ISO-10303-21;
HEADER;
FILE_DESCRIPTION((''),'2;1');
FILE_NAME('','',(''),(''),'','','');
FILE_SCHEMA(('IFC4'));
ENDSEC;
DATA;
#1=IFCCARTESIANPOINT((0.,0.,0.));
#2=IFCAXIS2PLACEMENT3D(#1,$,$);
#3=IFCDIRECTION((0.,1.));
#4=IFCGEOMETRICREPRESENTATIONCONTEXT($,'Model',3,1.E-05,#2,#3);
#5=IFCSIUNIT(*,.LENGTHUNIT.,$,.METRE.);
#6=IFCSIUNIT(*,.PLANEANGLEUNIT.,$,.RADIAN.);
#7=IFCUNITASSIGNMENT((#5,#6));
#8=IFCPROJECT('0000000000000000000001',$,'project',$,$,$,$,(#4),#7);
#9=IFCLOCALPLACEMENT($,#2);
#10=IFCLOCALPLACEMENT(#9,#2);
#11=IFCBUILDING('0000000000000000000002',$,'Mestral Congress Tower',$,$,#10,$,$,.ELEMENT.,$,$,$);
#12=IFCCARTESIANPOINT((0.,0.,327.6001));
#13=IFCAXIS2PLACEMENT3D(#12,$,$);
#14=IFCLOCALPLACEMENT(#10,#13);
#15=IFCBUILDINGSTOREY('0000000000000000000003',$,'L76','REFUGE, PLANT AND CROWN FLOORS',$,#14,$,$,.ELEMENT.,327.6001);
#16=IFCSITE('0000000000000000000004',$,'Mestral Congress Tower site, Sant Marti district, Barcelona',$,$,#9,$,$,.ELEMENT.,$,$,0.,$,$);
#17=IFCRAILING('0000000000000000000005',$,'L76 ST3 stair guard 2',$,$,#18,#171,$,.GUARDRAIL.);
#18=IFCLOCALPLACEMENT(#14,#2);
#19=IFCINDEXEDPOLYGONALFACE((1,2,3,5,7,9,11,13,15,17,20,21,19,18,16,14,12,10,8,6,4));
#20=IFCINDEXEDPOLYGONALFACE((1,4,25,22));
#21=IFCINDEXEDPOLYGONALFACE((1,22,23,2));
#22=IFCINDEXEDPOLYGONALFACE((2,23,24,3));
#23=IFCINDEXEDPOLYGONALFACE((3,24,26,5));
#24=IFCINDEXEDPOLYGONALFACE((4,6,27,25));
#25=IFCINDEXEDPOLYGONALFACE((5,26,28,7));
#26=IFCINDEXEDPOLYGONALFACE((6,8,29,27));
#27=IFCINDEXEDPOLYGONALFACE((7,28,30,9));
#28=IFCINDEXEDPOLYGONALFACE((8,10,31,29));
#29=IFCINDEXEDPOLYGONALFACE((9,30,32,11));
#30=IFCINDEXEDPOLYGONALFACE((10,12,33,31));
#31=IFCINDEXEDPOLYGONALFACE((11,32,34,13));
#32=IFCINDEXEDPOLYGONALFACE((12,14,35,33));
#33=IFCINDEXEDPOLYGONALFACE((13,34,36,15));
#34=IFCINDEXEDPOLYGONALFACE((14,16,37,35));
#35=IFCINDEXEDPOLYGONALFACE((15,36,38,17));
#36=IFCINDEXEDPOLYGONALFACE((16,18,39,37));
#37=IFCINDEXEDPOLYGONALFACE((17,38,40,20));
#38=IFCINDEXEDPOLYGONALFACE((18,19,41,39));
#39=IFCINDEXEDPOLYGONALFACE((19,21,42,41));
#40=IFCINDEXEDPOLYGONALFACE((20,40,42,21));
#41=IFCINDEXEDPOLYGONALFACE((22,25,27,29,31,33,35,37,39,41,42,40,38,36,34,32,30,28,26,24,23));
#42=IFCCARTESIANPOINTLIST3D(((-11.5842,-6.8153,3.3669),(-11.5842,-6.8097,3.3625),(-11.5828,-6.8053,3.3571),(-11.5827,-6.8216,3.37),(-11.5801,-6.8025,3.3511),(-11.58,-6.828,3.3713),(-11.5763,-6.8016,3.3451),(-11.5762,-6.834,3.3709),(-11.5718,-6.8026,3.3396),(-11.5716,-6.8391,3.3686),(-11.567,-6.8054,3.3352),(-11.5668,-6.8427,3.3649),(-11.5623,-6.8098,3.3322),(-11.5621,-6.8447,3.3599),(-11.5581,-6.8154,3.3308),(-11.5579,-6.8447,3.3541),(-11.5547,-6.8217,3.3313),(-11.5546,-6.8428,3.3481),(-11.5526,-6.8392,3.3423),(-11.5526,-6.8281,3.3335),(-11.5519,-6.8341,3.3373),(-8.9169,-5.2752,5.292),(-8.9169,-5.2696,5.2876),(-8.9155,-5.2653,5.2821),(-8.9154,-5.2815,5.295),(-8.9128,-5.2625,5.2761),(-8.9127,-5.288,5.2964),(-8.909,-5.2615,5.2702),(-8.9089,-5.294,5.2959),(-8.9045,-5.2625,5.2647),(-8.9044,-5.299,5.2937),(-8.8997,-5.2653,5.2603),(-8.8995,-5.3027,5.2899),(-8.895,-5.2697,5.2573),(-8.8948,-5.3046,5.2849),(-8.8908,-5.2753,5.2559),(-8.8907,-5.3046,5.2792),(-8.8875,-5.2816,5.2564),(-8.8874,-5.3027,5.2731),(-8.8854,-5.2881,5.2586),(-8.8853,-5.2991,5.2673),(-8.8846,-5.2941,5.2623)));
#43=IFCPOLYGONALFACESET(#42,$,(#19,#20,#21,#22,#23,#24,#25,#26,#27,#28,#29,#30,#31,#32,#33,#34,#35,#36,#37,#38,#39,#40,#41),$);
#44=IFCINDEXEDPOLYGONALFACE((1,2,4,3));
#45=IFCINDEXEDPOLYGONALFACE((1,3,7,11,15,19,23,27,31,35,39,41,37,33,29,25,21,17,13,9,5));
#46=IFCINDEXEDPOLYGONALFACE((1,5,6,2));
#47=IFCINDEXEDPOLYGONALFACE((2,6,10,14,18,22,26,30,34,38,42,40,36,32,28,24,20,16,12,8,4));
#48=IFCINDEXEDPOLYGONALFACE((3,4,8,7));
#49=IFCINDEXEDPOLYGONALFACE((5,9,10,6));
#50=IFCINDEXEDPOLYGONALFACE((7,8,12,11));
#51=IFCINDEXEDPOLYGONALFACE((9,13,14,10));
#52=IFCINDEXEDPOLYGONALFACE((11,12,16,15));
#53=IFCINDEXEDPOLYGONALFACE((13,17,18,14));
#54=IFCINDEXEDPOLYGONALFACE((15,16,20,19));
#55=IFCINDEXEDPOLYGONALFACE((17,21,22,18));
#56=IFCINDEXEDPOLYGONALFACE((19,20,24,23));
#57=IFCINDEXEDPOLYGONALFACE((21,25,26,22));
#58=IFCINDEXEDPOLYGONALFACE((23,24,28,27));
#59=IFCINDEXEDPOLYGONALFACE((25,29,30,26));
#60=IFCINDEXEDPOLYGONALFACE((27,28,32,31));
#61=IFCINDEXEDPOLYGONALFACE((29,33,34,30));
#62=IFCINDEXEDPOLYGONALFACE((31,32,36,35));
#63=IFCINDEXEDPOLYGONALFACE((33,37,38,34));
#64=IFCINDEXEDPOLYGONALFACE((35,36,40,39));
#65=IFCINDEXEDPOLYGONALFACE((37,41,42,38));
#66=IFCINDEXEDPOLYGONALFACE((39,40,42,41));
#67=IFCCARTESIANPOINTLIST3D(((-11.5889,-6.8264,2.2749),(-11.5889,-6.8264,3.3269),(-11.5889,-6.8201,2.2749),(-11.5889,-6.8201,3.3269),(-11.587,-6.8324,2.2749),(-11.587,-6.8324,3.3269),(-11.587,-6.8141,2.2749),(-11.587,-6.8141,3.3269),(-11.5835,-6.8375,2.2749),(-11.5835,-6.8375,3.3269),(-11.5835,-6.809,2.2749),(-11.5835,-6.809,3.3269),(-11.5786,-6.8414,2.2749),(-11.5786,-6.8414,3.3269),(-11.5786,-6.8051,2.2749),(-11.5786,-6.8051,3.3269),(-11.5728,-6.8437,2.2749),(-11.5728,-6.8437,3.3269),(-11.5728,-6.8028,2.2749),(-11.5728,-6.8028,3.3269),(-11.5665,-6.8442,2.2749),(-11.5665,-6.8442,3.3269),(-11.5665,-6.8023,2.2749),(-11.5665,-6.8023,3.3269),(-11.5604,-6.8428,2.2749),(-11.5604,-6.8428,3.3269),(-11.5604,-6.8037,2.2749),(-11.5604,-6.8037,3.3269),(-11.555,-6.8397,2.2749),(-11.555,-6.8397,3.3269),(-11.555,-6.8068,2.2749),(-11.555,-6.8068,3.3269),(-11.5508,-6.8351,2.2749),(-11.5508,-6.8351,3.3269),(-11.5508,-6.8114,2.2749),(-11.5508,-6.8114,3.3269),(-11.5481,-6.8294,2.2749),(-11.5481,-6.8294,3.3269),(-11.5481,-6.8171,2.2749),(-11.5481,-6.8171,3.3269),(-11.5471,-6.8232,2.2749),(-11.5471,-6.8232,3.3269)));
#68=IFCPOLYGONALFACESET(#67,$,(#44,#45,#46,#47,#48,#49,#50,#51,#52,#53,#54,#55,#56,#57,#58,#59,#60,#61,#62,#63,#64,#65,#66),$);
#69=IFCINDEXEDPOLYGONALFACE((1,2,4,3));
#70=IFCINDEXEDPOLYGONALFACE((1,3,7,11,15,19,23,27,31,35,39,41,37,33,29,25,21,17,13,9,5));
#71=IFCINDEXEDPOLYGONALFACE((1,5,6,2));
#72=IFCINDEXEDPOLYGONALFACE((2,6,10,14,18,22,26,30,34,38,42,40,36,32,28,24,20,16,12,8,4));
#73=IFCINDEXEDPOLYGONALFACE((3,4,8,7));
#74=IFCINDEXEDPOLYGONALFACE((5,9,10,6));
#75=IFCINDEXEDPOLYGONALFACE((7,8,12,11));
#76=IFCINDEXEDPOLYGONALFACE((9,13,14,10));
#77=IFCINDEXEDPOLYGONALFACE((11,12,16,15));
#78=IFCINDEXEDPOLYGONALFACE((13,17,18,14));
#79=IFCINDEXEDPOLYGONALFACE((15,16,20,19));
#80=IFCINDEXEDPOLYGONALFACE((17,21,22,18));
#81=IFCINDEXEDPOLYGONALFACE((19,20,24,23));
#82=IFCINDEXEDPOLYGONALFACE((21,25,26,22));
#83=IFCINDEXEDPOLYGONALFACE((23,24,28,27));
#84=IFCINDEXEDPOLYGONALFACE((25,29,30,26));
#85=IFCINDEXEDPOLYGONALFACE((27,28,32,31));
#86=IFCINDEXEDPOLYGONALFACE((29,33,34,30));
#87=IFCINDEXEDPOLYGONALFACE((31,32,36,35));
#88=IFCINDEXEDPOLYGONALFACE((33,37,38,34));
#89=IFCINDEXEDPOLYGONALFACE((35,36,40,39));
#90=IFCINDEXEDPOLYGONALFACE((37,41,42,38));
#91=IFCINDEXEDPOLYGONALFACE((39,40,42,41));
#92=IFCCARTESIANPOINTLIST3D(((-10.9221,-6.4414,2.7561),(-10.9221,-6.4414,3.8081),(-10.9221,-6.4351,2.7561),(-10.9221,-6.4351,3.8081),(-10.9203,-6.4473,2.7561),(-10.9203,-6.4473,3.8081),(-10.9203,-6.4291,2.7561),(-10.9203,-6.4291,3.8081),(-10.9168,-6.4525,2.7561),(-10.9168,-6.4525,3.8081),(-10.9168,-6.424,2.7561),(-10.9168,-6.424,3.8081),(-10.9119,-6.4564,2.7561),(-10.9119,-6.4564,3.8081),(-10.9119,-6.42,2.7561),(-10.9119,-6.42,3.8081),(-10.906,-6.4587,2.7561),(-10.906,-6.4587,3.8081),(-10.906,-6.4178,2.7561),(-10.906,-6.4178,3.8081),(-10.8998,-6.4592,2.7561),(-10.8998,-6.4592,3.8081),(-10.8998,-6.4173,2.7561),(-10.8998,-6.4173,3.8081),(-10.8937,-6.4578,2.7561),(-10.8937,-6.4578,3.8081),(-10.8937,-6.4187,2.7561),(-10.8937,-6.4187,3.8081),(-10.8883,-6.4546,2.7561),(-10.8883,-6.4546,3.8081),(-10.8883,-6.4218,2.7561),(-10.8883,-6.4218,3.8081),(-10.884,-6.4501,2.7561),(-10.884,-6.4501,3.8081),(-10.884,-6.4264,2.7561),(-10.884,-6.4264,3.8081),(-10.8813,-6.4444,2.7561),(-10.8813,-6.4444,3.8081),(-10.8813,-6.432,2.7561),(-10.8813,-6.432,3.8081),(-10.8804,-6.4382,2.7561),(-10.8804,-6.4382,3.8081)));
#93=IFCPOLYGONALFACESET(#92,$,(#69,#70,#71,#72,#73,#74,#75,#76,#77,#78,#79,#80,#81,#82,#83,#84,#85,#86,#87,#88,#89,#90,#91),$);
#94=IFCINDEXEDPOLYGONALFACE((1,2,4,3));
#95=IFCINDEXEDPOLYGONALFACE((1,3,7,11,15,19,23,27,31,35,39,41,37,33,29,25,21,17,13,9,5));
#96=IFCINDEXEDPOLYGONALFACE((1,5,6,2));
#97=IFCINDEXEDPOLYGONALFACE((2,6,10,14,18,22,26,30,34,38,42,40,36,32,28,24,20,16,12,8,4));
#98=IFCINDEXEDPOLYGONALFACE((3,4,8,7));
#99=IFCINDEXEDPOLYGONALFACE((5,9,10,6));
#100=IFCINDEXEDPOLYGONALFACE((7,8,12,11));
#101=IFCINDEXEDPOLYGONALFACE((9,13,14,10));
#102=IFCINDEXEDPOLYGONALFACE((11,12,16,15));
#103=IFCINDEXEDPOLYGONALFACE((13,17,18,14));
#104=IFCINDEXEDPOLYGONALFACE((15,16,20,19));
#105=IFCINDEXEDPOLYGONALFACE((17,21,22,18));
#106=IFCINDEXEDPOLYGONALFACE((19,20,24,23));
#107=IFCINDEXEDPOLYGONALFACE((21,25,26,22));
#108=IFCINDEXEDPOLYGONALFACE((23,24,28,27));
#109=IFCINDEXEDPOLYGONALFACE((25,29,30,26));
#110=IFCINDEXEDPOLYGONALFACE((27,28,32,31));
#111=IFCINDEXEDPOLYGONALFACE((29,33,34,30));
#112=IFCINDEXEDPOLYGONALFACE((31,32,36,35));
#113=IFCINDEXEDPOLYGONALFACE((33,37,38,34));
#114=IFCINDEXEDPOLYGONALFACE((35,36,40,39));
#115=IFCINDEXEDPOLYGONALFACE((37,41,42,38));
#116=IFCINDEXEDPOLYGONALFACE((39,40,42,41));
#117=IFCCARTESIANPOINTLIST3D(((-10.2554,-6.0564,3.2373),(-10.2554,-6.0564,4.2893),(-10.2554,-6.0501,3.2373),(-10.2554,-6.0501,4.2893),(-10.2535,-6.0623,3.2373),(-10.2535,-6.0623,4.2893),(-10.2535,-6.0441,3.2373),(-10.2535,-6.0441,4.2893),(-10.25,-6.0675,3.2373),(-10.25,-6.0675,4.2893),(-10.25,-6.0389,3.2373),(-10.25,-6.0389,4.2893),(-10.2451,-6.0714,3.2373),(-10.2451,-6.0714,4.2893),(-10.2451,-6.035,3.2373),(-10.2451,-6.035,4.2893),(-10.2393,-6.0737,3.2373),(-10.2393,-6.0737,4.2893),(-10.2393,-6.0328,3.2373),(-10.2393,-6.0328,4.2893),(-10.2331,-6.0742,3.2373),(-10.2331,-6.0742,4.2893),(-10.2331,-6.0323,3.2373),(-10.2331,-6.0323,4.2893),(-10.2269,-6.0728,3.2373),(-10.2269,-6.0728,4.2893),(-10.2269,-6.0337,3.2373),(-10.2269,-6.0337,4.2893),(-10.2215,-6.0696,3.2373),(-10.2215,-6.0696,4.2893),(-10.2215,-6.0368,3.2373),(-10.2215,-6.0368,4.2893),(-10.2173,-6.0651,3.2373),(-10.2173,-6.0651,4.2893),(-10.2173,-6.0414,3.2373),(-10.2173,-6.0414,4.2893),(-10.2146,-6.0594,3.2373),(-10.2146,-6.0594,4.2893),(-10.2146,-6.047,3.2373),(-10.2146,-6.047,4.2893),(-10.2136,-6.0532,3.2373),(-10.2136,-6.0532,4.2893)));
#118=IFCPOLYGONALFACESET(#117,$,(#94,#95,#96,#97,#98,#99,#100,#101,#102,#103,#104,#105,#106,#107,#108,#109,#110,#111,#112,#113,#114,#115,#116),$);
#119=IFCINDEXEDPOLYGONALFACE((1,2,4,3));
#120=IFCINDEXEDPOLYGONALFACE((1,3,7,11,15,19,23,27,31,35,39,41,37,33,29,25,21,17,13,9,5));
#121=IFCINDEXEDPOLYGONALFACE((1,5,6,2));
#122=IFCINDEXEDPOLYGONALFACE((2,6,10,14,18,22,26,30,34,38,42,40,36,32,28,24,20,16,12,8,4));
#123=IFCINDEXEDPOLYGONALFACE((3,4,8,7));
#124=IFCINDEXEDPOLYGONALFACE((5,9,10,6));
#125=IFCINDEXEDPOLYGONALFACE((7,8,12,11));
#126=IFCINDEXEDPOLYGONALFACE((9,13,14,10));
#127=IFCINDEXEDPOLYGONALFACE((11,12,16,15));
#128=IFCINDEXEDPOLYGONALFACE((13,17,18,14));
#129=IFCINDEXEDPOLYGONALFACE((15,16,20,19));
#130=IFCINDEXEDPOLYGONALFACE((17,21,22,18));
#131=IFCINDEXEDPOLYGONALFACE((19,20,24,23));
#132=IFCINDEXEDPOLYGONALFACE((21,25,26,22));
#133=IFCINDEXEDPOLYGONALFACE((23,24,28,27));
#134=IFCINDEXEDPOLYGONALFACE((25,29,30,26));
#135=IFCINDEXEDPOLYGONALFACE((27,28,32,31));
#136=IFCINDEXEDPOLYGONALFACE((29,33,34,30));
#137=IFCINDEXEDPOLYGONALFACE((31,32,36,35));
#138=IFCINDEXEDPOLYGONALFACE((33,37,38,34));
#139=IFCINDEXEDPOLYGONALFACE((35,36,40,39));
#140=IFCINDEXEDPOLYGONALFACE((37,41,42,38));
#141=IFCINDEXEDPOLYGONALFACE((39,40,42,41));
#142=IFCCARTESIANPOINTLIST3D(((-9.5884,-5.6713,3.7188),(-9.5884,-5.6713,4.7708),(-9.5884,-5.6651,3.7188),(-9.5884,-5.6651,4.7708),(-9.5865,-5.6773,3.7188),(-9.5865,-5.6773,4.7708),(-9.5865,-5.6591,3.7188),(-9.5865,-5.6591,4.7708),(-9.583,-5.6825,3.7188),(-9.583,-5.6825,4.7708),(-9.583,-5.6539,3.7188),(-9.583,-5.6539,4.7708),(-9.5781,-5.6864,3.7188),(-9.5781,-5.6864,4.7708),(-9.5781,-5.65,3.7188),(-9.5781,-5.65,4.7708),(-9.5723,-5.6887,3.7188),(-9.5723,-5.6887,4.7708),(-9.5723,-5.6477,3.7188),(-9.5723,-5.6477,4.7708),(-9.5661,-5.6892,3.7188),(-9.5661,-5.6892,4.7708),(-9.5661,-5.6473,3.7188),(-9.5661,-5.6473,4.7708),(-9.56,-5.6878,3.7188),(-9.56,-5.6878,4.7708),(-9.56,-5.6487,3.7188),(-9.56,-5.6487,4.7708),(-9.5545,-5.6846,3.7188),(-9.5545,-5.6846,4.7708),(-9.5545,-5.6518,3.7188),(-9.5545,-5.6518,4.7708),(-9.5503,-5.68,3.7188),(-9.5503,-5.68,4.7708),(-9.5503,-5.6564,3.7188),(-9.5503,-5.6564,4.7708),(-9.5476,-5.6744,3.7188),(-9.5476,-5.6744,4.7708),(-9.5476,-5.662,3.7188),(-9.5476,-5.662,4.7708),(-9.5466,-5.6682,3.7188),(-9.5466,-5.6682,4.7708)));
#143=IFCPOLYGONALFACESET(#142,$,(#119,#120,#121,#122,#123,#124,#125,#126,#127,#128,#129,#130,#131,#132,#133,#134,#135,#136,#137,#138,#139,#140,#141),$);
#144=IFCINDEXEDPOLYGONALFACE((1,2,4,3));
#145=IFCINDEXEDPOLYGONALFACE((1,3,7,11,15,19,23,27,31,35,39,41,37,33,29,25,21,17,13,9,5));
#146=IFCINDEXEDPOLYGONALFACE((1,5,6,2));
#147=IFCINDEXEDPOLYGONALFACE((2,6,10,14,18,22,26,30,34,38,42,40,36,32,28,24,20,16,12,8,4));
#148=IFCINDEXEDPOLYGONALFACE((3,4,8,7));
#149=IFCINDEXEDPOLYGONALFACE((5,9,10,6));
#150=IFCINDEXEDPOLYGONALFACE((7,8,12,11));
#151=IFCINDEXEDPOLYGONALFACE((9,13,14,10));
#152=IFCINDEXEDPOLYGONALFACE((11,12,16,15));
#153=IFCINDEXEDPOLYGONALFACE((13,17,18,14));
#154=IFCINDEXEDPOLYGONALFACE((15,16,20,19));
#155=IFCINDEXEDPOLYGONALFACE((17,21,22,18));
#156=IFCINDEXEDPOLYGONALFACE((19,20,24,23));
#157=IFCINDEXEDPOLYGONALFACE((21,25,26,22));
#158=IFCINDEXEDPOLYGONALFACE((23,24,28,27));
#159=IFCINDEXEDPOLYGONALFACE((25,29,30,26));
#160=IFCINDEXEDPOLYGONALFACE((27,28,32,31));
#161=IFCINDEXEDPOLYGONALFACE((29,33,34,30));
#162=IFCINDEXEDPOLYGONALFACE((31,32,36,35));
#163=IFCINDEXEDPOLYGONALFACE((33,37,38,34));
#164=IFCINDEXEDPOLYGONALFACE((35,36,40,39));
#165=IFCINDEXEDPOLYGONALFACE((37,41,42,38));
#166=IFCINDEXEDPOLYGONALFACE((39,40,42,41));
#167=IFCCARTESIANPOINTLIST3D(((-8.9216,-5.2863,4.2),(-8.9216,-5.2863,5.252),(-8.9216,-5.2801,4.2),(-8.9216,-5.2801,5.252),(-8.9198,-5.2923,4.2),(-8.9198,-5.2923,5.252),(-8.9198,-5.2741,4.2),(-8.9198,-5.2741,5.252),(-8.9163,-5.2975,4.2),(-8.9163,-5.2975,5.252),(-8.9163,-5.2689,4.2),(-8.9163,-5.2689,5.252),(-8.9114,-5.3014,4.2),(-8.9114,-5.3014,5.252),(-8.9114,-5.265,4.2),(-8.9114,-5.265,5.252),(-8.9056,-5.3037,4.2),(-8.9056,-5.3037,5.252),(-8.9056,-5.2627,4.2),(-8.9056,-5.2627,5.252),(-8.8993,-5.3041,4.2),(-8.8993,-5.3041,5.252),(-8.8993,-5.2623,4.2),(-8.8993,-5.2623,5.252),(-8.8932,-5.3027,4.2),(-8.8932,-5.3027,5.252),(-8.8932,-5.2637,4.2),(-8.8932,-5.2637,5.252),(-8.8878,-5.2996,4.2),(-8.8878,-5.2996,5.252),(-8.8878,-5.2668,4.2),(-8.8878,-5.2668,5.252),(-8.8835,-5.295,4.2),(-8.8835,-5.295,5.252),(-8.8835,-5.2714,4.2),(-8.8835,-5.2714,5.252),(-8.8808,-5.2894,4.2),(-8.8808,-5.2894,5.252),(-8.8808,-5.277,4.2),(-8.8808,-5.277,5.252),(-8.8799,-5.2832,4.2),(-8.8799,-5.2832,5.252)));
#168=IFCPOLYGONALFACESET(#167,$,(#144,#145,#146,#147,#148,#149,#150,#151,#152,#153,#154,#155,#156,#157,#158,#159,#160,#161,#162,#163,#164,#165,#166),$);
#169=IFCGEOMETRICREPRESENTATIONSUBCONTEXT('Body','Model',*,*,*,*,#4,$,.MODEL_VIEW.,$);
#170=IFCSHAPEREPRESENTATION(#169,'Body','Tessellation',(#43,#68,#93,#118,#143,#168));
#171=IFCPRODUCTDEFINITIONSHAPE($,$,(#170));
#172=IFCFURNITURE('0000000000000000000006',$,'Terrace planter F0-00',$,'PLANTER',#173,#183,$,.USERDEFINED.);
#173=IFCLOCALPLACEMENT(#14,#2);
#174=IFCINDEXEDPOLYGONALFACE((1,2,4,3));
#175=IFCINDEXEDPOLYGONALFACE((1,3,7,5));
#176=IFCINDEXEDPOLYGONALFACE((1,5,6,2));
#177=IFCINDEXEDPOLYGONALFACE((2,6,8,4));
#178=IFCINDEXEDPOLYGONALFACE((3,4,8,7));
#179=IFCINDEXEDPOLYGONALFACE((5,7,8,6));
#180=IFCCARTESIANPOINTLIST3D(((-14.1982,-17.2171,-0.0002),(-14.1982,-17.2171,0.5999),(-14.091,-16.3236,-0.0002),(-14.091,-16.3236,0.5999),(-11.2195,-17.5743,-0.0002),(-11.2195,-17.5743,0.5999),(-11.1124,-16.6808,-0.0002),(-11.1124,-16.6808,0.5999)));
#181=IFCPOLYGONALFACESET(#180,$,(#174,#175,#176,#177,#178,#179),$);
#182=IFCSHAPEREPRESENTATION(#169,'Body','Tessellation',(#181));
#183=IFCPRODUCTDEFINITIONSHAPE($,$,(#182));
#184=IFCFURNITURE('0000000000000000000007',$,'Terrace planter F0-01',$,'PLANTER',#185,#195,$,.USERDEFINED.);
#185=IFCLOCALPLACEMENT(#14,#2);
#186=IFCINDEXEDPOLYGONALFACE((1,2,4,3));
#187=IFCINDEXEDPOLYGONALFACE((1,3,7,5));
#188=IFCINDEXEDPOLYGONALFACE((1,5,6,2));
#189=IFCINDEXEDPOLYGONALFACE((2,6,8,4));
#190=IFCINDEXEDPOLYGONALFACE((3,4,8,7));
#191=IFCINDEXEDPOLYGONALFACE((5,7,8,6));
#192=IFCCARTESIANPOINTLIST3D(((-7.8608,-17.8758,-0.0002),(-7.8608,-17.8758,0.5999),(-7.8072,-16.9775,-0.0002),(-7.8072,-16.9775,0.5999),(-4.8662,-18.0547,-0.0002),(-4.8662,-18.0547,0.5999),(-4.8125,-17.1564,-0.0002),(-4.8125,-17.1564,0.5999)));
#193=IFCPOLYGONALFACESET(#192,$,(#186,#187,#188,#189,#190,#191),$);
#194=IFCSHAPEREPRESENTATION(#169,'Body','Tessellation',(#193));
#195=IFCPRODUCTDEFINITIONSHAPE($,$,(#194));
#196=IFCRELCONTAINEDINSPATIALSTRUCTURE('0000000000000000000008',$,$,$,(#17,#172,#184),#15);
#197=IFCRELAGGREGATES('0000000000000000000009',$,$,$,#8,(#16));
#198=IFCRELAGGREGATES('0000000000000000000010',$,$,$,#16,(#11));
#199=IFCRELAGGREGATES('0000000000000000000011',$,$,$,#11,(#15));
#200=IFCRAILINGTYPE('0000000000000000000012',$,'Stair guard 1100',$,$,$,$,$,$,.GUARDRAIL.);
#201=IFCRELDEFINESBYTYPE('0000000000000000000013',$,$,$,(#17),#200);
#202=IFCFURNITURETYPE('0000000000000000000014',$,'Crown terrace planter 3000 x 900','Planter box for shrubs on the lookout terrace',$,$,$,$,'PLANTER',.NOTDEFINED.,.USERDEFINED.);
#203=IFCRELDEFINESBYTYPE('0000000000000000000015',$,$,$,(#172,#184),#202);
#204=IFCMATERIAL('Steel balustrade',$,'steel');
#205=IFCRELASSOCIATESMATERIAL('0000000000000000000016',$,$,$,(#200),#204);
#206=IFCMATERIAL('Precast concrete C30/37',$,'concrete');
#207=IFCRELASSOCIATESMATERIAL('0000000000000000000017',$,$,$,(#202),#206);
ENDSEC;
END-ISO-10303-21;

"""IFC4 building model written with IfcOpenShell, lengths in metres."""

from ifc_helpers import new_model, si_unit, direction, frame, origin, origin_2d, place, context, subcontext, project, spatial, rectangle, circle, extrude, material, type_object, element, save


model = new_model("IFC4")

# Units and contexts
model_context = context("Model", 3, precision=1e-05, world=origin(), true_north=direction((0.0, 1.0)))
body_context = subcontext(model_context, "Body", "Model", "MODEL_VIEW")
ifc_project = project(units=[si_unit("LENGTHUNIT", "METRE"), si_unit("PLANEANGLEUNIT", "RADIAN")], contexts=[model_context])

# Site, building, storey
site_placement = place(None, origin())
site = spatial("IfcSite", under=ifc_project, at=site_placement, Name="Mestral Congress Tower site, Sant Marti district, Barcelona", CompositionType="ELEMENT", RefElevation=0.0)
building_placement = place(site_placement, origin())
building = spatial("IfcBuilding", under=site, at=building_placement, Name="Mestral Congress Tower", CompositionType="ELEMENT")
storey_placement = place(building_placement, frame((0.0, 0.0, 327.6001)))
storey = spatial("IfcBuildingStorey", under=building, at=storey_placement, Name="L76", Description="REFUGE, PLANT AND CROWN FLOORS", CompositionType="ELEMENT", Elevation=327.6001)

# Railing
ifc_material_1 = material(Name="Steel balustrade", Category="steel")
railing_type_1 = type_object("IfcRailingType", Name="Stair guard 1100", PredefinedType="GUARDRAIL", material=ifc_material_1)
railing_1_placement = place(storey_placement, frame((-11.5681, -6.8232, 2.2749)))
element("IfcRailing", 1, at=railing_1_placement, inside=storey, type_object=railing_type_1, Name="L76 ST3 stair guard 2", PredefinedType="GUARDRAIL", context=body_context, shape_type="SweptSolid", body=[
    extrude(circle(Radius=0.0239, at=origin_2d()), frame((0.0, 0.0, 1.0762), z_axis=(0.734364, 0.424015, 0.530019), x_axis=(-0.500027, 0.86601, 0.0)), (0.0, 0.0, 1.0), 3.6321),
    extrude(circle(Radius=0.021, at=origin_2d()), origin(), (0.0, 0.0, 1.0), 1.052),
    extrude(circle(Radius=0.021, at=origin_2d()), frame((0.6667, 0.385, 0.4812)), (0.0, 0.0, 1.0), 1.052),
    extrude(circle(Radius=0.021, at=origin_2d()), frame((1.3335, 0.77, 0.9624)), (0.0, 0.0, 1.0), 1.052),
    extrude(circle(Radius=0.021, at=origin_2d()), frame((2.0005, 1.155, 1.4438)), (0.0, 0.0, 1.0), 1.052),
    extrude(circle(Radius=0.021, at=origin_2d()), frame((2.6672, 1.54, 1.925)), (0.0, 0.0, 1.0), 1.052),
])

# Furniture
ifc_material_2 = material(Name="Precast concrete C30/37", Category="concrete")
furniture_type = type_object("IfcFurnitureType", Name="Crown terrace planter 3000 x 900", Description="Planter box for shrubs on the lookout terrace", ElementType="PLANTER", AssemblyPlace="NOTDEFINED", PredefinedType="USERDEFINED", material=ifc_material_2)
for number, where, z_axis, x_axis, name in (
    (2, (-12.6553, -16.949, -0.0002), (0.0, 0.0, 1.0), (0.992887, -0.119057, 0.0), "Terrace planter F0-00"),
    (3, (-6.3367, -17.5161, -0.0002), (0.0, 0.0, 1.0), (0.998221, -0.059618, 0.0), "Terrace planter F0-01"),
):
    element("IfcFurniture", number, at=place(storey_placement, frame(where, z_axis=z_axis, x_axis=x_axis)), inside=storey, type_object=furniture_type, Name=name, ObjectType="PLANTER", PredefinedType="USERDEFINED", context=body_context, shape_type="SweptSolid", body=[
        extrude(rectangle(XDim=3.0, YDim=0.8999, at=origin_2d()), origin(), (0.0, 0.0, 1.0), 0.6001),
    ])

save(model, "model.ifc")
